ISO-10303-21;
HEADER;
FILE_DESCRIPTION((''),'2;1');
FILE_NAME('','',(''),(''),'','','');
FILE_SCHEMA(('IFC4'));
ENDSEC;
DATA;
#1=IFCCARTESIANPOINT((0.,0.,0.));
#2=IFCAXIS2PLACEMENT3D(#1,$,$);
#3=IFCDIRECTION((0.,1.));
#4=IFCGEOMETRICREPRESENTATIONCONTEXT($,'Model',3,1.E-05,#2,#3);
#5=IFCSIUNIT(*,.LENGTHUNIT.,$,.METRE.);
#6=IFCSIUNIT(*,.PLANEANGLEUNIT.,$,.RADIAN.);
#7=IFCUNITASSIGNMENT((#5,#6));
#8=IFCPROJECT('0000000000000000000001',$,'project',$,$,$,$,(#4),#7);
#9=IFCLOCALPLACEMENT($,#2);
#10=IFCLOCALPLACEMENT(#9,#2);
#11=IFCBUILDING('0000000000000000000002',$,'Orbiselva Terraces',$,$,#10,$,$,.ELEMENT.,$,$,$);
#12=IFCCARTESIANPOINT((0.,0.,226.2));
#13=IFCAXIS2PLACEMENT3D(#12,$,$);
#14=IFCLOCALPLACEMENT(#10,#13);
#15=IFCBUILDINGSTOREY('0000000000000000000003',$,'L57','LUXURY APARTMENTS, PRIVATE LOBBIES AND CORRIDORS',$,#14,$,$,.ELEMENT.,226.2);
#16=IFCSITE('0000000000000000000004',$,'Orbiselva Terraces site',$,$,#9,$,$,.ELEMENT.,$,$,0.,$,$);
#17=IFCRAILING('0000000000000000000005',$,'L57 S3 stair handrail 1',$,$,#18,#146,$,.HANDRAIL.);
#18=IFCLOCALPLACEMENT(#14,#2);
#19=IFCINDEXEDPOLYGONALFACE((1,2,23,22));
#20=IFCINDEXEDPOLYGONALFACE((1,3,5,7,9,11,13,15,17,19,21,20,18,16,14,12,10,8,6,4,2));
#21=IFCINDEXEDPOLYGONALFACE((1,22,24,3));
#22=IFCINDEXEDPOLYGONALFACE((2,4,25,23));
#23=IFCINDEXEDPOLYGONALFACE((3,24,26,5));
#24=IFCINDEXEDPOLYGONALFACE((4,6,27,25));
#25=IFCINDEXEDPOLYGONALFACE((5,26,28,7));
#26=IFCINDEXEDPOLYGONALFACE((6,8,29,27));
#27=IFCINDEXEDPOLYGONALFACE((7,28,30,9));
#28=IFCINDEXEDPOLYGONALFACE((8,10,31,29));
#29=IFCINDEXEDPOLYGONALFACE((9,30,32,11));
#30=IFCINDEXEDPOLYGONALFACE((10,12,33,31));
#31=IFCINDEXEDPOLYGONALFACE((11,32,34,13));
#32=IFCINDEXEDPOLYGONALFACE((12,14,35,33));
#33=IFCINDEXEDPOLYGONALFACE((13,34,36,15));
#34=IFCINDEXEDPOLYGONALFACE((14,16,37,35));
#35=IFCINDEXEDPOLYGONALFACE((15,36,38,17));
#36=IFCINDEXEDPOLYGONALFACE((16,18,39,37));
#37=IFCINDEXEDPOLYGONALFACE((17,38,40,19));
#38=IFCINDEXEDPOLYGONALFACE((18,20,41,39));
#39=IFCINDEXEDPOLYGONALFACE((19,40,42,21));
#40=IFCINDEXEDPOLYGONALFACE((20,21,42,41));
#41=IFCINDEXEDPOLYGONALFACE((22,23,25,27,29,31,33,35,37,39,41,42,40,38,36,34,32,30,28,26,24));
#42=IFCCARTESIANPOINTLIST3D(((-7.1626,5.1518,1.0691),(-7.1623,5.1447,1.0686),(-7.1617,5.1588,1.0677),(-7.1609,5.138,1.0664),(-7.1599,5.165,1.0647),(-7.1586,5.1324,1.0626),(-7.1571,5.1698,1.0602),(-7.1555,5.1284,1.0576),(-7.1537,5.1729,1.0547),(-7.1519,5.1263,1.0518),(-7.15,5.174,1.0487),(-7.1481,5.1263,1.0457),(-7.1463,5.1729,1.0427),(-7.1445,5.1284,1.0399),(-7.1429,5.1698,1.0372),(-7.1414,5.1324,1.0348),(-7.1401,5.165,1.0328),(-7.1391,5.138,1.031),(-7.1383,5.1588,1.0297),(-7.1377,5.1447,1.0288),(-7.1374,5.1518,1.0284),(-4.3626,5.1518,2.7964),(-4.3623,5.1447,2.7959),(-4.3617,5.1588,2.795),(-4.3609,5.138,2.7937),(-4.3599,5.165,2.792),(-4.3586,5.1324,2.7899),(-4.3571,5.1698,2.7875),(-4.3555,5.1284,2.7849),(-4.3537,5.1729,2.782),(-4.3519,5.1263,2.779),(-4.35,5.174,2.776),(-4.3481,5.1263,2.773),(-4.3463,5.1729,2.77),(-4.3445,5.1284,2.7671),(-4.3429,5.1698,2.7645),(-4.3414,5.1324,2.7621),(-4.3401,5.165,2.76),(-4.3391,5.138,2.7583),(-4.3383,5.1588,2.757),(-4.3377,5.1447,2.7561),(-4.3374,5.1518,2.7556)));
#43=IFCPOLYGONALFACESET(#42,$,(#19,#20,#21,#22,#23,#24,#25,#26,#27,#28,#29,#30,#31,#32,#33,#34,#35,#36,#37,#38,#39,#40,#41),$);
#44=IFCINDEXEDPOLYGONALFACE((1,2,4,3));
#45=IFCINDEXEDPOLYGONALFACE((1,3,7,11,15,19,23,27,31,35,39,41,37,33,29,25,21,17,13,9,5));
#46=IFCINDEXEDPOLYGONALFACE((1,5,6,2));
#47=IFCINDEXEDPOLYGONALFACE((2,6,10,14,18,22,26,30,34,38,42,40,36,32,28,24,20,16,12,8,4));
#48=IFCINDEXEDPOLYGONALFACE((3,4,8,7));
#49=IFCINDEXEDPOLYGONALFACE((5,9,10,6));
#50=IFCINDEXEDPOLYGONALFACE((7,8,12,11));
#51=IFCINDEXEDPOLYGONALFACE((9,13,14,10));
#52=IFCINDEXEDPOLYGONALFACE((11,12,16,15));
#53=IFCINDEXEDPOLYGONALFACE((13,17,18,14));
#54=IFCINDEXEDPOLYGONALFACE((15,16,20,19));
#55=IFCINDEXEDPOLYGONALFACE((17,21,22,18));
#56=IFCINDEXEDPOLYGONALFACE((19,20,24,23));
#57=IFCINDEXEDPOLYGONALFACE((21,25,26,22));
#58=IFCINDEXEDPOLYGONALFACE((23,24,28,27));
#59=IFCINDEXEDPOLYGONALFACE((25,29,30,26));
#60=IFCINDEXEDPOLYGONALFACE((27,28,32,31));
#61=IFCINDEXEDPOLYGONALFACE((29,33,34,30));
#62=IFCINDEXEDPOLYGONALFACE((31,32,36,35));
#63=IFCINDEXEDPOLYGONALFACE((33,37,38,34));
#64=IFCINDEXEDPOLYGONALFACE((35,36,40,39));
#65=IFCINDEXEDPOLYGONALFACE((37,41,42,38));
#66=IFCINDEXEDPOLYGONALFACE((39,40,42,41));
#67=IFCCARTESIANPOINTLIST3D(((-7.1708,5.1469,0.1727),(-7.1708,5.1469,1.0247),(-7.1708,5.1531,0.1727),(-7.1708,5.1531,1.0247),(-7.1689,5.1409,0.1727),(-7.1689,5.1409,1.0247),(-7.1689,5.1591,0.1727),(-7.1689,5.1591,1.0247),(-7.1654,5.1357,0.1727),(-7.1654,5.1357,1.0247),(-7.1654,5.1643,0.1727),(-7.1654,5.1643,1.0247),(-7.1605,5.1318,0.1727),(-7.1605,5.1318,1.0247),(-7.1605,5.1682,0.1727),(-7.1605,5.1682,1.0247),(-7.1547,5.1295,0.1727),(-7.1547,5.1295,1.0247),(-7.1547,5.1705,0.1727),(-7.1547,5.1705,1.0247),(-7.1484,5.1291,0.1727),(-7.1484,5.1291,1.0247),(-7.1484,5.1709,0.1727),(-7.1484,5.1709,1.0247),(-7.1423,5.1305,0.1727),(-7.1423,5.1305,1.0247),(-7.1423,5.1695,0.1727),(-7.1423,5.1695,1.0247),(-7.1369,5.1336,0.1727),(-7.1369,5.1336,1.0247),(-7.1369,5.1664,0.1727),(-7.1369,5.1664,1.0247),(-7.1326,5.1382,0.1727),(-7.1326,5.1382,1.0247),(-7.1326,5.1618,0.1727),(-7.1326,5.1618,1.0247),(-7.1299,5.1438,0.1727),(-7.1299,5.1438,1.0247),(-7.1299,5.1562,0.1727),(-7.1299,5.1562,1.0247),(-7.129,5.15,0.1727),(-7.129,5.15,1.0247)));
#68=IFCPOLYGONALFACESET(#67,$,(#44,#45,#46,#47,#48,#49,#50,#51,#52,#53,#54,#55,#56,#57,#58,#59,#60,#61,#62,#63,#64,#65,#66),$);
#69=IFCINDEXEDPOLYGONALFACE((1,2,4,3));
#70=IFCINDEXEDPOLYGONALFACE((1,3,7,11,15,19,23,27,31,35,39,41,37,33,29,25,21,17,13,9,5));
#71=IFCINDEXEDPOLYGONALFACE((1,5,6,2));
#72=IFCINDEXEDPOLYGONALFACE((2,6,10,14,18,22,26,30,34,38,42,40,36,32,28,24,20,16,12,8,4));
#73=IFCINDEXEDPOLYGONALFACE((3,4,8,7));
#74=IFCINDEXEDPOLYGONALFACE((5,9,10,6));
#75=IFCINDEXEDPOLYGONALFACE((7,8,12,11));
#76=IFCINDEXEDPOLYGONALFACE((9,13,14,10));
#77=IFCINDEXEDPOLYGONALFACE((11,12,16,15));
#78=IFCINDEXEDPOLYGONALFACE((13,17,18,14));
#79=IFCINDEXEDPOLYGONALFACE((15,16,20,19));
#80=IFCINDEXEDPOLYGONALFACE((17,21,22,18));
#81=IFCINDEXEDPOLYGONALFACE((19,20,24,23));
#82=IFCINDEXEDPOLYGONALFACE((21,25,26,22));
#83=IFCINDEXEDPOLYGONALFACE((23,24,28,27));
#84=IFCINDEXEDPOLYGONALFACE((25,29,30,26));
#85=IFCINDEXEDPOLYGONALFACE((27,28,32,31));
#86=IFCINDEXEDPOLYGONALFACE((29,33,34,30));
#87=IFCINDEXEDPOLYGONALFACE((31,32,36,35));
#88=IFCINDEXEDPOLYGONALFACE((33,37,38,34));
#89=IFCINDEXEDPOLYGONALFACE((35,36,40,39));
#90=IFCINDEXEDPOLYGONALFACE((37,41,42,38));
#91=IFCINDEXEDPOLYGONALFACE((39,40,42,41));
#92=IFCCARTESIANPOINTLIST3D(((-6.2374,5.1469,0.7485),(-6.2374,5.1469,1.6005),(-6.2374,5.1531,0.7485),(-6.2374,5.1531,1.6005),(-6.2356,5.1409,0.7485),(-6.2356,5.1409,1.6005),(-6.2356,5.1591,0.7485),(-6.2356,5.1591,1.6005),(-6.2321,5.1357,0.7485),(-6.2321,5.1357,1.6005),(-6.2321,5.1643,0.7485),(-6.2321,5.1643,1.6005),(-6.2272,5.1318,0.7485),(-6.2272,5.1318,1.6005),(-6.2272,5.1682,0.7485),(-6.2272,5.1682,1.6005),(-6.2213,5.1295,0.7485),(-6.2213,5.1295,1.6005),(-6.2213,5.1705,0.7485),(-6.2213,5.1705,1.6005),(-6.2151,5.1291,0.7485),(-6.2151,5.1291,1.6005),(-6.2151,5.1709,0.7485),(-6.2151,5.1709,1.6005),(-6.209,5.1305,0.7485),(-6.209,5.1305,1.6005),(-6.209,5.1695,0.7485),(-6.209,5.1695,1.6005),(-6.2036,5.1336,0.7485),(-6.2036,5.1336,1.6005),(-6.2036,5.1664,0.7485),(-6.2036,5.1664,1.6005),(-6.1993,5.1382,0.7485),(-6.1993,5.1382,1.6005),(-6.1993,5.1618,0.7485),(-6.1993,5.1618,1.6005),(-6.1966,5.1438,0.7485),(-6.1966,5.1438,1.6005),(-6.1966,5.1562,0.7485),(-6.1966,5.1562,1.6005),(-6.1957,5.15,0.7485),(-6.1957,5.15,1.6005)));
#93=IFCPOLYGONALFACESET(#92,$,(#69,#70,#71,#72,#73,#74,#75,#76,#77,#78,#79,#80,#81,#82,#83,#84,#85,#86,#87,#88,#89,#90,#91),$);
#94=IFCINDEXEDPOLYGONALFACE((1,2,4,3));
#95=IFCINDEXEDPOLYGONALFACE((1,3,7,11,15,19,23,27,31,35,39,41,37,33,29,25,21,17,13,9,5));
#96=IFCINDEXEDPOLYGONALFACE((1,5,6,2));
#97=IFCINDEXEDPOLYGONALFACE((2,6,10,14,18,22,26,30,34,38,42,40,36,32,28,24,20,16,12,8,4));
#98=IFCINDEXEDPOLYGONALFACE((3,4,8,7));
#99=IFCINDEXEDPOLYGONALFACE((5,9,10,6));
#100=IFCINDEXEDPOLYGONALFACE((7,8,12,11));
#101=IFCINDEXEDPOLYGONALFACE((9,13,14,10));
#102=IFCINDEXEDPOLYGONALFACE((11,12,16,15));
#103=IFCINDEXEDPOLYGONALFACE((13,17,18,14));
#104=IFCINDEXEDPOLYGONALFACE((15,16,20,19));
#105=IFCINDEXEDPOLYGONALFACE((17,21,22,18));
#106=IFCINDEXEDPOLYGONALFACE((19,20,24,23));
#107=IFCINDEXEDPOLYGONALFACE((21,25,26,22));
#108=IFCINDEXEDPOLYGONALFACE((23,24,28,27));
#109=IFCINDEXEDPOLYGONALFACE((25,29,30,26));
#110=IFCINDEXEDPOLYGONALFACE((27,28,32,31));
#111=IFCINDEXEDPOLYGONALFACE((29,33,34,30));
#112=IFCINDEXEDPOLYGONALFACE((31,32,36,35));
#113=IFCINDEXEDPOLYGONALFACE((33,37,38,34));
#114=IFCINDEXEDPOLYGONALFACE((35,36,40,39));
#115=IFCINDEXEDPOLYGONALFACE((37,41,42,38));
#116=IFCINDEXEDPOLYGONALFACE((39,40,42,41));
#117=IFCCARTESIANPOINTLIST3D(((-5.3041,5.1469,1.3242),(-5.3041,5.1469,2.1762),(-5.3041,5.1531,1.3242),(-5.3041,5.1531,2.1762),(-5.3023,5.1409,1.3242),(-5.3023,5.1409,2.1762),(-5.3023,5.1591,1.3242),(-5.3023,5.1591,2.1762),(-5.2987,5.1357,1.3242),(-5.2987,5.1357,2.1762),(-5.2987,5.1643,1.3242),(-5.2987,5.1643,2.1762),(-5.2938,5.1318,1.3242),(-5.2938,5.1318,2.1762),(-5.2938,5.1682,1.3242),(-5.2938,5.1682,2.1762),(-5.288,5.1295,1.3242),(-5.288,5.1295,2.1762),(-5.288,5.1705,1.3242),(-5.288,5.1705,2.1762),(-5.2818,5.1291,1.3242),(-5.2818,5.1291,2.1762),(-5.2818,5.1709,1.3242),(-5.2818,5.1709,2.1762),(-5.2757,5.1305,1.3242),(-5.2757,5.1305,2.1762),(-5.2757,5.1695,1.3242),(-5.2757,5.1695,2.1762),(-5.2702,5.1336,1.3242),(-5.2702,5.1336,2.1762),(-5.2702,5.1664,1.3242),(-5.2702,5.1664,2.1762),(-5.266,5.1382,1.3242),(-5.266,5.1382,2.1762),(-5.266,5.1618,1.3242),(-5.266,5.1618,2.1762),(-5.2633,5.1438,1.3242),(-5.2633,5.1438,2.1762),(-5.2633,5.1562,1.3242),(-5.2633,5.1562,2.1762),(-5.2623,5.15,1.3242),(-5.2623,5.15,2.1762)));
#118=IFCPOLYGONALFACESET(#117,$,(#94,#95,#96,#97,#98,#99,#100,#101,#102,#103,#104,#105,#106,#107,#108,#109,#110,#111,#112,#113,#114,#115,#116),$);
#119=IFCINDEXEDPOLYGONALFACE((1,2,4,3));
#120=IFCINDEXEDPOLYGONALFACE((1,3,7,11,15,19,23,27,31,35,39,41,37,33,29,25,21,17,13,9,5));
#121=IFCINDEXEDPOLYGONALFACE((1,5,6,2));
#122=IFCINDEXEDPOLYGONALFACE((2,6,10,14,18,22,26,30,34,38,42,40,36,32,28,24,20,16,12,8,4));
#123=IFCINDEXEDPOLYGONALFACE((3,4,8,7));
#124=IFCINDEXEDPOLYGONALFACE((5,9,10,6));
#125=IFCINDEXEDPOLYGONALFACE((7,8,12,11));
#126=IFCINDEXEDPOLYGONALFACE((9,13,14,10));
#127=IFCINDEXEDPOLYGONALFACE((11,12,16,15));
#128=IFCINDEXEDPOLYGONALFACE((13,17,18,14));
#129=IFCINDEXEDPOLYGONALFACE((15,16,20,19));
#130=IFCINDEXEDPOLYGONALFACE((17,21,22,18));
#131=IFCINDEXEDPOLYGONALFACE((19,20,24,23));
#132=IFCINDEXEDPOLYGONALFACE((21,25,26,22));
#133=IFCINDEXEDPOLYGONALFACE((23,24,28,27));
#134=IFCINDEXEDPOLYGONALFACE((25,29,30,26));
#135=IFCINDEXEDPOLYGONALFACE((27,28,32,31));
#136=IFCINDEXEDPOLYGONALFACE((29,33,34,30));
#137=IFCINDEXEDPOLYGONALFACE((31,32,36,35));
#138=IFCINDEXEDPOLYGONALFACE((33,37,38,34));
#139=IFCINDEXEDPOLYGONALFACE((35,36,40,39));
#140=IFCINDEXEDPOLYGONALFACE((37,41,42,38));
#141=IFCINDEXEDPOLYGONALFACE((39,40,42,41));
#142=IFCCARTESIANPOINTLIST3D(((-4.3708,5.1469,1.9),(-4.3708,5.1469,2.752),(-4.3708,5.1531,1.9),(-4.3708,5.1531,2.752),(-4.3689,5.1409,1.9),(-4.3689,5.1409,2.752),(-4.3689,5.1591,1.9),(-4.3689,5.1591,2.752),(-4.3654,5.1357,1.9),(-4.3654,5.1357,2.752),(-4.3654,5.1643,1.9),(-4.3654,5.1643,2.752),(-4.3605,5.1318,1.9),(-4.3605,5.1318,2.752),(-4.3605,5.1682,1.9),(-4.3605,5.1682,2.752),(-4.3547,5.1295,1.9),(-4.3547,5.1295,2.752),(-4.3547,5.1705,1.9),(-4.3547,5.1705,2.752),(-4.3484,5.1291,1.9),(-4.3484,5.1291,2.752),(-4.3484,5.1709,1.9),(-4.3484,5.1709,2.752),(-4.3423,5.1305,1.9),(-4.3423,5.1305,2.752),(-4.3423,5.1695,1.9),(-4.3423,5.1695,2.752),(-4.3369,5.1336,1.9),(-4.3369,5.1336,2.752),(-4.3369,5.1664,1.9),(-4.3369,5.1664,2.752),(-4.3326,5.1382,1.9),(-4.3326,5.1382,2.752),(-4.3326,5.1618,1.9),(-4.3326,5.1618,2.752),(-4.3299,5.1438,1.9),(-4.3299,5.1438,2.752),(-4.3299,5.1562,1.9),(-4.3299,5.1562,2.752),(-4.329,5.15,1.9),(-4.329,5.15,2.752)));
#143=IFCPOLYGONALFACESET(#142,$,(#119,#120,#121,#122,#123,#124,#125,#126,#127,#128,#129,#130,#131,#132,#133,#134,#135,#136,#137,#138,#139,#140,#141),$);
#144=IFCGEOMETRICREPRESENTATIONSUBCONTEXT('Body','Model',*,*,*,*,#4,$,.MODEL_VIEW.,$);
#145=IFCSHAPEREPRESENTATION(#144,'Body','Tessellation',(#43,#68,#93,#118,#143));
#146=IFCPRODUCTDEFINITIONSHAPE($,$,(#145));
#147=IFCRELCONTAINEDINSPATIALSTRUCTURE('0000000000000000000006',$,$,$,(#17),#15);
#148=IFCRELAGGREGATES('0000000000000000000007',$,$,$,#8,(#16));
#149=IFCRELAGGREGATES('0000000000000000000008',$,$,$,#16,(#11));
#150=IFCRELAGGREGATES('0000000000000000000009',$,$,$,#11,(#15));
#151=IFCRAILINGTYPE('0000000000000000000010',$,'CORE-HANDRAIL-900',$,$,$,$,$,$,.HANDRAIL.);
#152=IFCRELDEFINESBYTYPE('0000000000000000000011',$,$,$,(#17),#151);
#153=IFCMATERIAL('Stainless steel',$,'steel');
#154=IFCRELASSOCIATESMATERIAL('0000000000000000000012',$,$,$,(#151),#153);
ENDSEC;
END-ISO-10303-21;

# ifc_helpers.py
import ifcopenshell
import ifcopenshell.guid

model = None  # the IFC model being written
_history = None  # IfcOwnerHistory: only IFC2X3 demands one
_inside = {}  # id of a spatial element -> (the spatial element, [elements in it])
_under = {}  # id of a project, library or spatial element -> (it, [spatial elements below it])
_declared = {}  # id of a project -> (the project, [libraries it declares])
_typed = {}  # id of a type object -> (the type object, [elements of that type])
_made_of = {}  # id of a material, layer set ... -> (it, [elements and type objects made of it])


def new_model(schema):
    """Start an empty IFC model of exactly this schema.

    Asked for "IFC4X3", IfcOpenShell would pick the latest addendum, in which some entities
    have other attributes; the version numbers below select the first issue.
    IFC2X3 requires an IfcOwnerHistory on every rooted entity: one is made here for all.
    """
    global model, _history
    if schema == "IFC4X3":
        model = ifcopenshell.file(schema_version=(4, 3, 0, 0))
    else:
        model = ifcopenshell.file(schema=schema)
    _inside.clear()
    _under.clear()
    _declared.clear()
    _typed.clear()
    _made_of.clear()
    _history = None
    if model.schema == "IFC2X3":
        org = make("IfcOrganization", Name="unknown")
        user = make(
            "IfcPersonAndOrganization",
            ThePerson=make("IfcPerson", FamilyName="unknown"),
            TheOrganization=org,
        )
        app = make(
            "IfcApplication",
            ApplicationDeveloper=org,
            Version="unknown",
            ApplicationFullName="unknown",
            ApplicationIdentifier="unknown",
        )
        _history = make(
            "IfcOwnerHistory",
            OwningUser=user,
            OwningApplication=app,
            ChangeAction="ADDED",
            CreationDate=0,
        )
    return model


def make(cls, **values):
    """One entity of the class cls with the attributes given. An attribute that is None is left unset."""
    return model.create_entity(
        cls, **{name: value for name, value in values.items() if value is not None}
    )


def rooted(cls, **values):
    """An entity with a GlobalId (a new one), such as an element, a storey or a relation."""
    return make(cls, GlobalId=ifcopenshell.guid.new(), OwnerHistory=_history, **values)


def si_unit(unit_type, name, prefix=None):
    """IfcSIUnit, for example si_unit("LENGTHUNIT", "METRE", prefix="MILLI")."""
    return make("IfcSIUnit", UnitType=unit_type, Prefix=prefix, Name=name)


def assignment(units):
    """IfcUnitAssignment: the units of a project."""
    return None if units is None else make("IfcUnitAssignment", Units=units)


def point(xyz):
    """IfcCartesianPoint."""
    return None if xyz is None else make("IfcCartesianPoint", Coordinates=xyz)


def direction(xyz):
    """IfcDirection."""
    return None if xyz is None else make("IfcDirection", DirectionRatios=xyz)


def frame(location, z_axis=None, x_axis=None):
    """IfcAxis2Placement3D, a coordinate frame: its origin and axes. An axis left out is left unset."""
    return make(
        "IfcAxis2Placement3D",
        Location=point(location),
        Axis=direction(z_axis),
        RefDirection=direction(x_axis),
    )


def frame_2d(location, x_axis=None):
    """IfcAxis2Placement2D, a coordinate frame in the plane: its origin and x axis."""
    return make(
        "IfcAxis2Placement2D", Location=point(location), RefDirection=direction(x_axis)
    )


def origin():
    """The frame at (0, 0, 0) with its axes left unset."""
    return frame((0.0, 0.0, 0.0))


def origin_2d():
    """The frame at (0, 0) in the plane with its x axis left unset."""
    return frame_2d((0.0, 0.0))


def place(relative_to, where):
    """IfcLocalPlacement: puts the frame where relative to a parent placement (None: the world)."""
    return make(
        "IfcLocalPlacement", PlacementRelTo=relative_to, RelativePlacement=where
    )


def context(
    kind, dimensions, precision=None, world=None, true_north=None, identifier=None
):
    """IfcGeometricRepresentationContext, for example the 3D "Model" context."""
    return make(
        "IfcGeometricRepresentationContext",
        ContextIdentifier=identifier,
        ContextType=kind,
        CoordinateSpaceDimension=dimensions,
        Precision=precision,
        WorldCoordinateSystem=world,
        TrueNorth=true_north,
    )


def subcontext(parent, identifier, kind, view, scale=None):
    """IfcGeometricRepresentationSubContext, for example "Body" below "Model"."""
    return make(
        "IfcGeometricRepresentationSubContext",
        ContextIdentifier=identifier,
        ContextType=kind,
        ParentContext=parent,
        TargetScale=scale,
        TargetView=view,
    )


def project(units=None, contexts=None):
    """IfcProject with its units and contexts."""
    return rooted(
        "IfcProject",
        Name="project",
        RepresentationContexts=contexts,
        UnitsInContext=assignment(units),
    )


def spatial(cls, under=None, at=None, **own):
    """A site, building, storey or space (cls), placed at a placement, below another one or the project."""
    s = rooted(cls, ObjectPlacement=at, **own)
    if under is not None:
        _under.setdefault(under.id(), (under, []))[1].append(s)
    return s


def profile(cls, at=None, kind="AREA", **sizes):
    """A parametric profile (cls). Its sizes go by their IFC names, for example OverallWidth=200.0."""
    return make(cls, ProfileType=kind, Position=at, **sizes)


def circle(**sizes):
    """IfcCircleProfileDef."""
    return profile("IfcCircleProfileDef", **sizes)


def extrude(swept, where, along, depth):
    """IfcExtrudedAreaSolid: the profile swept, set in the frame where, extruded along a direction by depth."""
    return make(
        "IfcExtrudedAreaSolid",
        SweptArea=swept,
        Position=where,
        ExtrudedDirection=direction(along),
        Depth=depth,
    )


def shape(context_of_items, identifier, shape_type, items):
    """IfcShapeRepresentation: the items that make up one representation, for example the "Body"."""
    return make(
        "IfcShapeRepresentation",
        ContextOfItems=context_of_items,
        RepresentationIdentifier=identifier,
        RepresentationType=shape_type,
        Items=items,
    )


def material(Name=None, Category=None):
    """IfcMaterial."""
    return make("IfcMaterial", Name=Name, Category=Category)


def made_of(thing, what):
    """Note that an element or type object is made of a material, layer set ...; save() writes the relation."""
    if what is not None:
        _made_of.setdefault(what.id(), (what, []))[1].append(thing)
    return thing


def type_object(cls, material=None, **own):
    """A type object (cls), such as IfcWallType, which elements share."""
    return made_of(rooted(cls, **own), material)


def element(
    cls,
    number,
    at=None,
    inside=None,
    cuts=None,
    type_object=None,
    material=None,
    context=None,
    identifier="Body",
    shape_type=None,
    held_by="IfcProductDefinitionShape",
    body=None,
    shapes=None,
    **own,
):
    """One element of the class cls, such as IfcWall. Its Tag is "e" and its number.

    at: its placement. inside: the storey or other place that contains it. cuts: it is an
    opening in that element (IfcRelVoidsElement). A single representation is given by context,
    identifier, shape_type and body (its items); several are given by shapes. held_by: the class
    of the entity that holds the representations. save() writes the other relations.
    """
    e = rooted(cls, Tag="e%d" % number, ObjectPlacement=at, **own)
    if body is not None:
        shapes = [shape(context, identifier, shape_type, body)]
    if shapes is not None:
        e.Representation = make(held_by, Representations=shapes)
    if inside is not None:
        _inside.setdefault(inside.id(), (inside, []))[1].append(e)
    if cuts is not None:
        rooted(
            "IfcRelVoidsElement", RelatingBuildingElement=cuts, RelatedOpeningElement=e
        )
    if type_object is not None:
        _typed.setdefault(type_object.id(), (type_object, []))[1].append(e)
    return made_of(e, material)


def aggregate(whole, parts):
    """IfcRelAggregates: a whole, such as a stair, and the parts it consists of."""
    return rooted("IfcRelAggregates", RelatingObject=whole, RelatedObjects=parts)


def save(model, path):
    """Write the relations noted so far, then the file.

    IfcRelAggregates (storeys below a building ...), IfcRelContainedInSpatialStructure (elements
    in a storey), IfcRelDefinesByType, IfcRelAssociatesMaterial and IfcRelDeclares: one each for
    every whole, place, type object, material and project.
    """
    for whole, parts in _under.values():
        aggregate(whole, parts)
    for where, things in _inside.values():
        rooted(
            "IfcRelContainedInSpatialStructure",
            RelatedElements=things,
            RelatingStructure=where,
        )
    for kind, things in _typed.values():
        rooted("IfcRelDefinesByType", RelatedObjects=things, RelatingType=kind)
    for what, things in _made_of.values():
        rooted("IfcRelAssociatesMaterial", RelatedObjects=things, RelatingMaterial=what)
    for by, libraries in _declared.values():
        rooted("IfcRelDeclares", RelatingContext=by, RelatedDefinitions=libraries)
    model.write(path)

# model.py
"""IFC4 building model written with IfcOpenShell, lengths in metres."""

from ifc_helpers import new_model, si_unit, direction, frame, origin, origin_2d, place, context, subcontext, project, spatial, circle, extrude, material, type_object, element, save


model = new_model("IFC4")

# Units and contexts
model_context = context("Model", 3, precision=1e-05, world=origin(), true_north=direction((0.0, 1.0)))
body_context = subcontext(model_context, "Body", "Model", "MODEL_VIEW")
ifc_project = project(units=[si_unit("LENGTHUNIT", "METRE"), si_unit("PLANEANGLEUNIT", "RADIAN")], contexts=[model_context])

# Site, building, storey
site_placement = place(None, origin())
site = spatial("IfcSite", under=ifc_project, at=site_placement, Name="Orbiselva Terraces site", CompositionType="ELEMENT", RefElevation=0.0)
building_placement = place(site_placement, origin())
building = spatial("IfcBuilding", under=site, at=building_placement, Name="Orbiselva Terraces", CompositionType="ELEMENT")
storey_placement = place(building_placement, frame((0.0, 0.0, 226.2)))
storey = spatial("IfcBuildingStorey", under=building, at=storey_placement, Name="L57", Description="LUXURY APARTMENTS, PRIVATE LOBBIES AND CORRIDORS", CompositionType="ELEMENT", Elevation=226.2)

# Railing
ifc_material_1 = material(Name="Stainless steel", Category="steel")
railing_type_1 = type_object("IfcRailingType", Name="CORE-HANDRAIL-900", PredefinedType="HANDRAIL", material=ifc_material_1)
railing_1_placement = place(storey_placement, frame((-7.15, 5.15, 0.1727)))
element("IfcRailing", 1, at=railing_1_placement, inside=storey, type_object=railing_type_1, Name="L57 S3 stair handrail 1", PredefinedType="HANDRAIL", context=body_context, shape_type="SweptSolid", body=[
    extrude(circle(Radius=0.024, at=origin_2d()), frame((0.0, 0.0, 0.876), z_axis=(0.851089, 0.0, 0.525022), x_axis=(0.0, 1.0, 0.0)), (0.0, 0.0, 1.0), 3.2899),
    extrude(circle(Radius=0.021, at=origin_2d()), origin(), (0.0, 0.0, 1.0), 0.852),
    extrude(circle(Radius=0.021, at=origin_2d()), frame((0.9333, 0.0, 0.5758)), (0.0, 0.0, 1.0), 0.852),
    extrude(circle(Radius=0.021, at=origin_2d()), frame((1.8667, 0.0, 1.1515)), (0.0, 0.0, 1.0), 0.852),
    extrude(circle(Radius=0.021, at=origin_2d()), frame((2.8, 0.0, 1.7273)), (0.0, 0.0, 1.0), 0.852),
])

save(model, "model.ifc")
